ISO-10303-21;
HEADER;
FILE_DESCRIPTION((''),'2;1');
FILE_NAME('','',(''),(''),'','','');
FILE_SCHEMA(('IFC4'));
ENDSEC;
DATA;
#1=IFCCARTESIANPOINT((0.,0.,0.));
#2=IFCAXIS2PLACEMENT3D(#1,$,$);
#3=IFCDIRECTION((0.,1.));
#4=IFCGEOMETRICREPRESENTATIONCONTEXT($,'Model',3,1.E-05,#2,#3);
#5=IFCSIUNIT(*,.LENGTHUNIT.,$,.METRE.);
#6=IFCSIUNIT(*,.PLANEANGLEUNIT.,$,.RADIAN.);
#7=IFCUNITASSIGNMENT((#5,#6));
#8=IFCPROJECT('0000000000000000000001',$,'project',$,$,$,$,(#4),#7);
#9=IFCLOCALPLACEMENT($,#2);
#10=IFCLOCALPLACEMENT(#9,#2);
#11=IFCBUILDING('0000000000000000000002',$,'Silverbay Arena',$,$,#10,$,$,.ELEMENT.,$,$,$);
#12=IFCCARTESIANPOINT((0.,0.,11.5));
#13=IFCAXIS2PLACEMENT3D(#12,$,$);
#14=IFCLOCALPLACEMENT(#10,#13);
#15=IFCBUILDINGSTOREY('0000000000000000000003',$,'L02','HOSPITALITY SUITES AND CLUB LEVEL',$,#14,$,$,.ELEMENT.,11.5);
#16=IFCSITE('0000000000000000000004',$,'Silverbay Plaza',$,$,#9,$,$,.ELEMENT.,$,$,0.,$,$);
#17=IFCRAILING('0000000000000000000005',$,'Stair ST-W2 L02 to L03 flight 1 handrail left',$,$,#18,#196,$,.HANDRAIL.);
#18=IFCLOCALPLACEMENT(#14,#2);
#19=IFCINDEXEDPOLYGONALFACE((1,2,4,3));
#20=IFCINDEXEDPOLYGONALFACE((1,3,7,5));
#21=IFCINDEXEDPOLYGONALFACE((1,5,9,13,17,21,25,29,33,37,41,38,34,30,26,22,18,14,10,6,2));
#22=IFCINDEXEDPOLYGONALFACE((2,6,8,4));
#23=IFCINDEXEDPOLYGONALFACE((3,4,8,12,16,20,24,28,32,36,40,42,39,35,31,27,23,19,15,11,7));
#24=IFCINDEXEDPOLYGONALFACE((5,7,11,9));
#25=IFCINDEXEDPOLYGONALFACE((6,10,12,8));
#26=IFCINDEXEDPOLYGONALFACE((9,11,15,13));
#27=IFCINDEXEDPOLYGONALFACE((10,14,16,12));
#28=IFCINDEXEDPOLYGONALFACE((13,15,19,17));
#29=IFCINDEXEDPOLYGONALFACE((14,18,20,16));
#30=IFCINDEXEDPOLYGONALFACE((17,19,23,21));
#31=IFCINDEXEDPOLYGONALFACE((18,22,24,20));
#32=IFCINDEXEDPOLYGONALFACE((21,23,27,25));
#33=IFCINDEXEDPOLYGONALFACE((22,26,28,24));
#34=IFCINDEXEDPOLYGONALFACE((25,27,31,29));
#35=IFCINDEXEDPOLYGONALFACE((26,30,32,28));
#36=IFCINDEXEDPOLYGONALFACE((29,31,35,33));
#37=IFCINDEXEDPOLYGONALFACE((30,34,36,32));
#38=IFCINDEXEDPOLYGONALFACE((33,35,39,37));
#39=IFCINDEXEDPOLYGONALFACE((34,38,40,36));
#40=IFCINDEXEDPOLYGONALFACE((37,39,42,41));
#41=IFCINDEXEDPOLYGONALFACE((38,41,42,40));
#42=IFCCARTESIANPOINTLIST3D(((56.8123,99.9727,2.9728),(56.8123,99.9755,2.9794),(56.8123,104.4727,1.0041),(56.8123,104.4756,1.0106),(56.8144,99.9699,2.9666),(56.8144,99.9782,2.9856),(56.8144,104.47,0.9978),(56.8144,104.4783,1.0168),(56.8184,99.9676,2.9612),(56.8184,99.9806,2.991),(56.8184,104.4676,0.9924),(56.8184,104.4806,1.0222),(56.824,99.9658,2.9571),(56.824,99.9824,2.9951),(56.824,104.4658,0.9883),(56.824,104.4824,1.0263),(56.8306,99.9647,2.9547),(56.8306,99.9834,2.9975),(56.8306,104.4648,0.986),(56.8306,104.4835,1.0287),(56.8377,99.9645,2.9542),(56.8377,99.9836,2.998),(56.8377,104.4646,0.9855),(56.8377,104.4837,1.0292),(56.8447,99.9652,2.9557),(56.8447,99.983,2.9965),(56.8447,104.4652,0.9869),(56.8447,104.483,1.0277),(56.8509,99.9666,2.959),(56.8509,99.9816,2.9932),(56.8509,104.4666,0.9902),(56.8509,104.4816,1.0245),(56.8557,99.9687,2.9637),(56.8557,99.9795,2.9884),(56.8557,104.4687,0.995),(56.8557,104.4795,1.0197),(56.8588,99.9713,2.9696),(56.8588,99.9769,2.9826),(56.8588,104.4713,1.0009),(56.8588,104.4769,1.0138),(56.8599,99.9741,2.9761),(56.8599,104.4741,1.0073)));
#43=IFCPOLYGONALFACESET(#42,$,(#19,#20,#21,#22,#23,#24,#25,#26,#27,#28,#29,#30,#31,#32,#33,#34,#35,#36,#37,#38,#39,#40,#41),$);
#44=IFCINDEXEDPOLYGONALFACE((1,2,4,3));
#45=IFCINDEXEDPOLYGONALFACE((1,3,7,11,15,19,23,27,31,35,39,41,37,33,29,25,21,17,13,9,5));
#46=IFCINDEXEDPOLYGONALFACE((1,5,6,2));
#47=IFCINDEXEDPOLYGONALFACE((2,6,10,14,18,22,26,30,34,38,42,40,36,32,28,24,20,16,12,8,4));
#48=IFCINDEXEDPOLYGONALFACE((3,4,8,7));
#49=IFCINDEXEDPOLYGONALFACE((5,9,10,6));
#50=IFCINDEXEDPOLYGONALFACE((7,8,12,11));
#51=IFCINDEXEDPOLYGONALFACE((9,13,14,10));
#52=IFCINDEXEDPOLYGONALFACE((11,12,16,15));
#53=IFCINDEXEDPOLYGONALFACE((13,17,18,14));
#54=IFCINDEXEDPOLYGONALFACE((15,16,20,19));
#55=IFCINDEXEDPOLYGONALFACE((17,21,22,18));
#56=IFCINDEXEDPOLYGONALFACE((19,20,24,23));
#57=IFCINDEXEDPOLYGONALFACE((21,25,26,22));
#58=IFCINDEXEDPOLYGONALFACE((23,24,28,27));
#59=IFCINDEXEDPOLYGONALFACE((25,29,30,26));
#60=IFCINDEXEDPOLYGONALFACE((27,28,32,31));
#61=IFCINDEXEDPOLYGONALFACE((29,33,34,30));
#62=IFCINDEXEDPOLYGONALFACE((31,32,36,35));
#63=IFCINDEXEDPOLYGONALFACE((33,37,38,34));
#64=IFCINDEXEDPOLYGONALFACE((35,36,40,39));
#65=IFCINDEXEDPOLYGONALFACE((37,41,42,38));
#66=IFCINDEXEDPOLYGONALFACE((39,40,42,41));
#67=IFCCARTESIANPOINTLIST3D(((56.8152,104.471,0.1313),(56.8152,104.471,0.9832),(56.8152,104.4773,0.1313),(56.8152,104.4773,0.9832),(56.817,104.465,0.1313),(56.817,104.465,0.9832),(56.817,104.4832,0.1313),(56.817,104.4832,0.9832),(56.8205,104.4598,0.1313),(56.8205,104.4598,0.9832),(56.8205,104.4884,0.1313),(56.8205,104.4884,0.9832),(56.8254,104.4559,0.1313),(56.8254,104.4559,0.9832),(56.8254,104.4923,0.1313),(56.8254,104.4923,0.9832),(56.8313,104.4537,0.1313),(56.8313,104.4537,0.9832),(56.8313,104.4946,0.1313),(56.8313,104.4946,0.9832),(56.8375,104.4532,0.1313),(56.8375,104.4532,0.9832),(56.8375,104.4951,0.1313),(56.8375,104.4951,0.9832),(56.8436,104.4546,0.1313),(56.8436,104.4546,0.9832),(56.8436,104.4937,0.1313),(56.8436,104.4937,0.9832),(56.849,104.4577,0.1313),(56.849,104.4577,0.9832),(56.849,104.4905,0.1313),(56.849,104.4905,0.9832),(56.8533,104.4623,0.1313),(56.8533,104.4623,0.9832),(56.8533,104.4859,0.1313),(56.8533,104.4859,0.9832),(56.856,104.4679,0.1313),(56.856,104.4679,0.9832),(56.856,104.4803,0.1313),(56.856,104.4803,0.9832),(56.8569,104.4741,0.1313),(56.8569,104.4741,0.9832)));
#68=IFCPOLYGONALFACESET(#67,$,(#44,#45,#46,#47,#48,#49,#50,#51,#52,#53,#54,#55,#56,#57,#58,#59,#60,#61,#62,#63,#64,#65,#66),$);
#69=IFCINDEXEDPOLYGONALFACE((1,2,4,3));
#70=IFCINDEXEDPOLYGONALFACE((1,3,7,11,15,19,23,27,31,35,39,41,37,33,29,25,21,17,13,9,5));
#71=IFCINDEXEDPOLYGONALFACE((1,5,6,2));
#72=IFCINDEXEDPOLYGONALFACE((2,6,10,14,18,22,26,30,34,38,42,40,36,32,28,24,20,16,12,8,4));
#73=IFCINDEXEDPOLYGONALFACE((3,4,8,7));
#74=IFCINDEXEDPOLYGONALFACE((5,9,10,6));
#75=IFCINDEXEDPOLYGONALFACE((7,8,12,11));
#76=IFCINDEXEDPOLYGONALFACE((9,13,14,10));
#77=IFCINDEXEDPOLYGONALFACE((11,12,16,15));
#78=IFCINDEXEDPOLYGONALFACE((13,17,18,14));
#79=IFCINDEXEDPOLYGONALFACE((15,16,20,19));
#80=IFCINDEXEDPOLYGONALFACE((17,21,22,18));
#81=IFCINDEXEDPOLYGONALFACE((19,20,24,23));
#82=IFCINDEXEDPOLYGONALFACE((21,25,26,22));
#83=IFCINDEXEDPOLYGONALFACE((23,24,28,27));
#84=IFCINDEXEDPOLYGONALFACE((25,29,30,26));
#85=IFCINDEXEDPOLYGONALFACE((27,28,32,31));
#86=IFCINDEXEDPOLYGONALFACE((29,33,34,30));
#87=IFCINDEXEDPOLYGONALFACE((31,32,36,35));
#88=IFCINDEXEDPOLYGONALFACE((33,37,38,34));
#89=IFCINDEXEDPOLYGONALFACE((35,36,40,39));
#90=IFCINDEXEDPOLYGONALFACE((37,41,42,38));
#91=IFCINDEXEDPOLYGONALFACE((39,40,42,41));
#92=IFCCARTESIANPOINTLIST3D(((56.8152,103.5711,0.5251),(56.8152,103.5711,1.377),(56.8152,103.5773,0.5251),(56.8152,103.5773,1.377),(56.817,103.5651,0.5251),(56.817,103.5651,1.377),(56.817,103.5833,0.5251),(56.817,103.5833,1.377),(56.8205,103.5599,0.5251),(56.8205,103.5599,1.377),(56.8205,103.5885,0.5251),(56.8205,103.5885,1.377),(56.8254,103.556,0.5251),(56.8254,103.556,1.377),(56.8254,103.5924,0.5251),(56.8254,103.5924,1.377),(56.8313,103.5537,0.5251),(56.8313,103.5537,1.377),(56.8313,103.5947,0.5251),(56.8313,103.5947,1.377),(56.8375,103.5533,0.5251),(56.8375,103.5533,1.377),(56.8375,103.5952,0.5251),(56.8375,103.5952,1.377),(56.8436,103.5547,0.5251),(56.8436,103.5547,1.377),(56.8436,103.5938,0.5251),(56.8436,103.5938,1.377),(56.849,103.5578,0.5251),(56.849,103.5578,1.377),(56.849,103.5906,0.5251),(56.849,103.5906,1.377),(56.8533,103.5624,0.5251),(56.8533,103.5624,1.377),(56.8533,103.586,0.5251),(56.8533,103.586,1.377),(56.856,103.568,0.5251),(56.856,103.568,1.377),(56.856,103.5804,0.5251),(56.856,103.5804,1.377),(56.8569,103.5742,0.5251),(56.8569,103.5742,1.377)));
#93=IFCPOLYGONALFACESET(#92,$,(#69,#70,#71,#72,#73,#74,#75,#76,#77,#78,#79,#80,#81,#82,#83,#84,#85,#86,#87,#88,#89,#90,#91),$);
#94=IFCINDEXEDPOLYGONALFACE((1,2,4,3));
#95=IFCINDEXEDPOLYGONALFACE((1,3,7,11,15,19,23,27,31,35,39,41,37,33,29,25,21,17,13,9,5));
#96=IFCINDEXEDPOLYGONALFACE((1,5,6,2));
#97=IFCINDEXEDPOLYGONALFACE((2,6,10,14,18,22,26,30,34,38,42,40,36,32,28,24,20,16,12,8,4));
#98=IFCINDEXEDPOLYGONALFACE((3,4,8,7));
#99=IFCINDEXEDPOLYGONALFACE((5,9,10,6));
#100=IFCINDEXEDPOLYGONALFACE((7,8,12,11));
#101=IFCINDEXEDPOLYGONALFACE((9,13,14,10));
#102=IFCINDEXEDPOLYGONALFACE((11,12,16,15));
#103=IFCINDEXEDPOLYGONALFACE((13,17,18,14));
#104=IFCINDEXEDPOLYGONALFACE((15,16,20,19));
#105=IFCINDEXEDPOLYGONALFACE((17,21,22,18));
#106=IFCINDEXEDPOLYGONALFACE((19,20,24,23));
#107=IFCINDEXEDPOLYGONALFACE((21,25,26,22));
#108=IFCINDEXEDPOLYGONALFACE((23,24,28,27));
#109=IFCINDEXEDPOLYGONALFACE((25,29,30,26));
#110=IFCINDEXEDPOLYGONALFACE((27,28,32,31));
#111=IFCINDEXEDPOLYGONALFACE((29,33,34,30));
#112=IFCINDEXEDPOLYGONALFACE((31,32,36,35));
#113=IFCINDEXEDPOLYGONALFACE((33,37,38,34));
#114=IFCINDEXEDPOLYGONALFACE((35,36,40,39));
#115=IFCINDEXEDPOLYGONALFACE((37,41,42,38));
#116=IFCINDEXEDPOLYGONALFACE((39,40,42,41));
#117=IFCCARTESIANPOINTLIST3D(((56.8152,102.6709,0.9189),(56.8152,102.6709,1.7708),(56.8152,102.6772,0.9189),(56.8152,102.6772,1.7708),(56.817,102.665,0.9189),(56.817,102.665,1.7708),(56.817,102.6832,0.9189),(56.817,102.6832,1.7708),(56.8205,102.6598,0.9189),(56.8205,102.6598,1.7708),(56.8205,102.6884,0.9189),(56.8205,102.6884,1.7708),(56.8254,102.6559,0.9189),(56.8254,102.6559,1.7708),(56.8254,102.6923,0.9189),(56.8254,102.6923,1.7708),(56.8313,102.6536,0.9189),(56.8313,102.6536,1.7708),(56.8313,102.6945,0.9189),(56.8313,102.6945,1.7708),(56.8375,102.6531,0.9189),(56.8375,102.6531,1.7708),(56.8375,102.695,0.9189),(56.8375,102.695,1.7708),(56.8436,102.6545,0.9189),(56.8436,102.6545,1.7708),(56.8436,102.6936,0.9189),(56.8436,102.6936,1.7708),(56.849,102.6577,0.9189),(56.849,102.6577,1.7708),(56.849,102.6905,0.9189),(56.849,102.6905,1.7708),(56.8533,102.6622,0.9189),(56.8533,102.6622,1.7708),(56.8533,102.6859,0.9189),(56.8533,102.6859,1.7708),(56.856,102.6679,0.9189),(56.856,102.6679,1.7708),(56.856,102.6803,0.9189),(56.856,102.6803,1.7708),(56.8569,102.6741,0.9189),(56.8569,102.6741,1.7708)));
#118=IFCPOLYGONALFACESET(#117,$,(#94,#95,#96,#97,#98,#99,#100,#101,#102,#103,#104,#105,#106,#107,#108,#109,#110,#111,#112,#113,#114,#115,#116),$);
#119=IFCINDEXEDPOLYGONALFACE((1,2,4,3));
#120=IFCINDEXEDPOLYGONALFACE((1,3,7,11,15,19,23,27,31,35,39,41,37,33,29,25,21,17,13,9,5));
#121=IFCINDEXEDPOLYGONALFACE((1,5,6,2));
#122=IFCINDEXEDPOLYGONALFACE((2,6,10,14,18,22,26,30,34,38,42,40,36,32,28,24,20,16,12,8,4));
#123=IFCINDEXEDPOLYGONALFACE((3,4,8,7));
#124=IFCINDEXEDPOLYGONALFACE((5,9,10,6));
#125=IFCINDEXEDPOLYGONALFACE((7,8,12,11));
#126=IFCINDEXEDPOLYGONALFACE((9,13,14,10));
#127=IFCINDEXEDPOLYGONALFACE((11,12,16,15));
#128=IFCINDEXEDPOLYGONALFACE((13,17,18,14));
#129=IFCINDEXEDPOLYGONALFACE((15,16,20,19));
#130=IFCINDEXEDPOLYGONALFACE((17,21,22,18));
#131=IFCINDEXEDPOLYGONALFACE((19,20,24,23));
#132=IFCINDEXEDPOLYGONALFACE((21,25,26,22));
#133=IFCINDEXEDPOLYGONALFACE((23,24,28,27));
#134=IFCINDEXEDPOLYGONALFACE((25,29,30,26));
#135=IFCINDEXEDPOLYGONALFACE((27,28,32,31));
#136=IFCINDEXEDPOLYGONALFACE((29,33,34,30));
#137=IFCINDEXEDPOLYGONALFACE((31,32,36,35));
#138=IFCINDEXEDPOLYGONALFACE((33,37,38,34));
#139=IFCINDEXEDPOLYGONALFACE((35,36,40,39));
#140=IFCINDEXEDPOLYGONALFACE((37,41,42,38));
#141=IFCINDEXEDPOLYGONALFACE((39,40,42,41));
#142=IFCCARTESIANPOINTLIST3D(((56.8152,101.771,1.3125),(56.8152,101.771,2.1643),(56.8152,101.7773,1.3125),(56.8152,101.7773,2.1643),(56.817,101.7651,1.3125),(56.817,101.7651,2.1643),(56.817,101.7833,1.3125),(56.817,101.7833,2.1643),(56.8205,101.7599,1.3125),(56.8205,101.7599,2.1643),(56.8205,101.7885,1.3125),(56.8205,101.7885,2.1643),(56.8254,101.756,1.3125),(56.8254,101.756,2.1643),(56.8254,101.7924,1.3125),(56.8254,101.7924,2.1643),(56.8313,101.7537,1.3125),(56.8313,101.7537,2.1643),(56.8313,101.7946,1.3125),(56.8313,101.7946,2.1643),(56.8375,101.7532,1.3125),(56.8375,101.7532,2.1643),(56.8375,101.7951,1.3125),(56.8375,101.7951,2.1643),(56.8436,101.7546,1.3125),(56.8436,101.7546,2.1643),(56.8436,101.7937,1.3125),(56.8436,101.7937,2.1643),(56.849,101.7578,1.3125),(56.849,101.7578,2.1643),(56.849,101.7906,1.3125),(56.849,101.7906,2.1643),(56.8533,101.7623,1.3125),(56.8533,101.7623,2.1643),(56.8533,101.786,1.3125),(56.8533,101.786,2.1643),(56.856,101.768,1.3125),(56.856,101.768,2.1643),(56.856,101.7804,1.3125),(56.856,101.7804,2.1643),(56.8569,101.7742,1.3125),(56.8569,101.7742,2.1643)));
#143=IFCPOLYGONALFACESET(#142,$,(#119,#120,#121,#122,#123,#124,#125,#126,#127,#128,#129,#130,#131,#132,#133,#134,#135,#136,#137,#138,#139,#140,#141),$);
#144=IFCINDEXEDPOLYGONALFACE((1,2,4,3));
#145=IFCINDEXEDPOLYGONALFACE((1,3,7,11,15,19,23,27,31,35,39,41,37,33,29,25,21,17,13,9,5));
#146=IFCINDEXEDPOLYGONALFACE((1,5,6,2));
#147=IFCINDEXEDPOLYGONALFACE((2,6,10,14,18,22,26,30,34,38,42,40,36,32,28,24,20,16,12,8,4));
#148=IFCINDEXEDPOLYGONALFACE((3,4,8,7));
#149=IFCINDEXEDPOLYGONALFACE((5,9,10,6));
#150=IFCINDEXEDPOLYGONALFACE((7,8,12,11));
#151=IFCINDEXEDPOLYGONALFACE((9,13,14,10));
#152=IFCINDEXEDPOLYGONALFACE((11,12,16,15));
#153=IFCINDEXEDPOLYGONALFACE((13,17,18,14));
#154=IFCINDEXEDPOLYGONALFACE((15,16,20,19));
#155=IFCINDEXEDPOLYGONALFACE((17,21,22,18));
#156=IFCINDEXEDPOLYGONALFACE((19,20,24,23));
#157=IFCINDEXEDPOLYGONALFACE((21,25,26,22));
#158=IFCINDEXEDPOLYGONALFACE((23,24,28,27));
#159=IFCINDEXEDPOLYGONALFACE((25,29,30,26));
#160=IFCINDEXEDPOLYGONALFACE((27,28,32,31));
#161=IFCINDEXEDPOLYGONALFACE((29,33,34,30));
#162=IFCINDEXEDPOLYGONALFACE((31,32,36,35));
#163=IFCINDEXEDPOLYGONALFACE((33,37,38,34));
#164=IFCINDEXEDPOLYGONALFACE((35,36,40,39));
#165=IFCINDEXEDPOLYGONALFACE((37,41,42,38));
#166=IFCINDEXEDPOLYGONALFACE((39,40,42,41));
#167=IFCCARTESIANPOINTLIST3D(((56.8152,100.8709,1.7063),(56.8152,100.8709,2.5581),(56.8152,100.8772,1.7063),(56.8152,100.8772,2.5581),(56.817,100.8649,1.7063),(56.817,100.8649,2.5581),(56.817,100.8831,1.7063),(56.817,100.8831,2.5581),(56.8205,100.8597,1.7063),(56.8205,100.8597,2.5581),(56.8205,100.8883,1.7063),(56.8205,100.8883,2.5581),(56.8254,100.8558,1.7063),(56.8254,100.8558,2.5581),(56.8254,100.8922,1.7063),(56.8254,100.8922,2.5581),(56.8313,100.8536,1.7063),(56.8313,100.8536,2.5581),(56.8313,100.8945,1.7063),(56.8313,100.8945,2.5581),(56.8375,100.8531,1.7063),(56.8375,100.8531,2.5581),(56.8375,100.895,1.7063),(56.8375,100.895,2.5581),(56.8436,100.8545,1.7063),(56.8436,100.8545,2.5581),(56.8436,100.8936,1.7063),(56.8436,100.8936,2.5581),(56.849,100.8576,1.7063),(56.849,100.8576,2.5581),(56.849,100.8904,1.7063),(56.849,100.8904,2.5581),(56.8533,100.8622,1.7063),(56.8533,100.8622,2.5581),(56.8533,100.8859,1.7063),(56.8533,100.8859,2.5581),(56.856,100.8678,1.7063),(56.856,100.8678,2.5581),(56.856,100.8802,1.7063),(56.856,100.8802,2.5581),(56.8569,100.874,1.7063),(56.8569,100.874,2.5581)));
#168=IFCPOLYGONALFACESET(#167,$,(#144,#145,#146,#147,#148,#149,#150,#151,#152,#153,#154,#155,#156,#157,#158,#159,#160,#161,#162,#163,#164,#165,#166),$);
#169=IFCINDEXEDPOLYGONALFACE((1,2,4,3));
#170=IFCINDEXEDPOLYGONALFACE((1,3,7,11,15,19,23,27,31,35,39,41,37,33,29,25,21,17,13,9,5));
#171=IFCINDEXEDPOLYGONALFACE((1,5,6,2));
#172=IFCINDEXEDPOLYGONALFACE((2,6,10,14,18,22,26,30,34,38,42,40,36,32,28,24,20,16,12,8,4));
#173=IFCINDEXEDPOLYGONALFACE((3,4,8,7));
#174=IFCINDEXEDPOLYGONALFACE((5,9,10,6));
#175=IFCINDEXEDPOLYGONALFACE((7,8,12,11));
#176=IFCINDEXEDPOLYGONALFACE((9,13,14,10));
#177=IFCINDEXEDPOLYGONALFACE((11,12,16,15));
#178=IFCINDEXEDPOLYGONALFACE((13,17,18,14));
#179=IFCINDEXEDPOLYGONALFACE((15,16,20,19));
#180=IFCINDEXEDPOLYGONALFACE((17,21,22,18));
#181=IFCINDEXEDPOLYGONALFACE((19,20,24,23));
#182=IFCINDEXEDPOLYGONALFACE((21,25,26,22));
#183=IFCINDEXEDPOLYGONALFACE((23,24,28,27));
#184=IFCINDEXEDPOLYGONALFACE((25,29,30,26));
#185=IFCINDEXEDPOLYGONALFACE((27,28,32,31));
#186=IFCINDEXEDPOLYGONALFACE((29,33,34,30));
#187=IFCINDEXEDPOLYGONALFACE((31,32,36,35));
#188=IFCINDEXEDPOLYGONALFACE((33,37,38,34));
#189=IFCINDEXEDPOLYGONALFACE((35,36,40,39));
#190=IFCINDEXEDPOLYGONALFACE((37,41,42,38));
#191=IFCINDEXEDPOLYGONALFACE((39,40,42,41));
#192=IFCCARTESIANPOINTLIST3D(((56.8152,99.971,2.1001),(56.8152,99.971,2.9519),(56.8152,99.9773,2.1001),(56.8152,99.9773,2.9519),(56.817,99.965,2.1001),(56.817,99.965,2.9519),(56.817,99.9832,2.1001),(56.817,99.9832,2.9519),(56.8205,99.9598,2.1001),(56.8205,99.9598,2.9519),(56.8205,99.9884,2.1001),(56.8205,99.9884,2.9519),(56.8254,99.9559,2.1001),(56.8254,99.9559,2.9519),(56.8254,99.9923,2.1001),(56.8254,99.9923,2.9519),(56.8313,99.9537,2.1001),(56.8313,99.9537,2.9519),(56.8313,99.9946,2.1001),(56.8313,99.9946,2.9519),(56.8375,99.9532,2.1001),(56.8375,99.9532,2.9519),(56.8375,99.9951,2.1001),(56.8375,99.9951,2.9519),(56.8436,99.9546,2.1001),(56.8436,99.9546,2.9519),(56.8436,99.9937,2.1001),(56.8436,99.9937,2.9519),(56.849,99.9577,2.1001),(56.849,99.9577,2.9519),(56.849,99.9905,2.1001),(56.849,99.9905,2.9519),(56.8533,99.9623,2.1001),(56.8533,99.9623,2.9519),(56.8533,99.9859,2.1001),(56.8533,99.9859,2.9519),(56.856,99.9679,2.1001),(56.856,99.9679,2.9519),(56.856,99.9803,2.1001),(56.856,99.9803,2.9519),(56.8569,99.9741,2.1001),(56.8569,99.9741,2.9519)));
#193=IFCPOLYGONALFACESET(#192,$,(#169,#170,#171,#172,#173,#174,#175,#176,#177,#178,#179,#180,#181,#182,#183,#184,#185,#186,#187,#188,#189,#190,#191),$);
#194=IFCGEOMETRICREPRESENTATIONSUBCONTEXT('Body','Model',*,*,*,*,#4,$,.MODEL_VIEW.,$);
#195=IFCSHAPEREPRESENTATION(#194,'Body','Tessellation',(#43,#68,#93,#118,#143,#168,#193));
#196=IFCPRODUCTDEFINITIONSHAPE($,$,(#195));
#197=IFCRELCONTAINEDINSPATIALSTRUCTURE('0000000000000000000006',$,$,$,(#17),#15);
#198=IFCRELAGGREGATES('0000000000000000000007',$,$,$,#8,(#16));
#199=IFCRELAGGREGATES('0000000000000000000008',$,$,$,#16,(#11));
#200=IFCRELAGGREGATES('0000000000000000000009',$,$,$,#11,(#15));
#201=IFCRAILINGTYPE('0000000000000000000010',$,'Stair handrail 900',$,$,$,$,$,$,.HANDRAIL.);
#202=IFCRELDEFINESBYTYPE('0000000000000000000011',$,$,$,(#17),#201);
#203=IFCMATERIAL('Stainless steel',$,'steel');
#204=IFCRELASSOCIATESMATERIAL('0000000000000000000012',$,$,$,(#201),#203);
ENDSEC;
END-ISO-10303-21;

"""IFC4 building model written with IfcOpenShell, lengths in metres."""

from ifc_helpers import new_model, si_unit, direction, frame, origin, origin_2d, place, context, subcontext, project, spatial, circle, extrude, material, type_object, element, save


model = new_model("IFC4")

# Units and contexts
model_context = context("Model", 3, precision=1e-05, world=origin(), true_north=direction((0.0, 1.0)))
body_context = subcontext(model_context, "Body", "Model", "MODEL_VIEW")
ifc_project = project(units=[si_unit("LENGTHUNIT", "METRE"), si_unit("PLANEANGLEUNIT", "RADIAN")], contexts=[model_context])

# Site, building, storey
site_placement = place(None, origin())
site = spatial("IfcSite", under=ifc_project, at=site_placement, Name="Silverbay Plaza", CompositionType="ELEMENT", RefElevation=0.0)
building_placement = place(site_placement, origin())
building = spatial("IfcBuilding", under=site, at=building_placement, Name="Silverbay Arena", CompositionType="ELEMENT")
storey_placement = place(building_placement, frame((0.0, 0.0, 11.5)))
storey = spatial("IfcBuildingStorey", under=building, at=storey_placement, Name="L02", Description="HOSPITALITY SUITES AND CLUB LEVEL", CompositionType="ELEMENT", Elevation=11.5)

# Railing
ifc_material_1 = material(Name="Stainless steel", Category="steel")
railing_type_1 = type_object("IfcRailingType", Name="Stair handrail 900", PredefinedType="HANDRAIL", material=ifc_material_1)
for number, where, name in (
    (1, (56.8359, 104.4741, 0.1313), "Stair ST-W2 L02 to L03 flight 1 handrail left"),
):
    element("IfcRailing", number, at=place(storey_placement, frame(where)), inside=storey, type_object=railing_type_1, Name=name, PredefinedType="HANDRAIL", context=body_context, shape_type="SweptSolid", body=[
        extrude(circle(Radius=0.0239, at=origin_2d()), frame((0.0, 0.0, 0.876), z_axis=(0.0, -0.916157, 0.400819), x_axis=(1.0, 0.0, 0.0)), (0.0, 0.0, 1.0), 4.9119),
        extrude(circle(Radius=0.021, at=origin_2d()), origin(), (0.0, 0.0, 1.0), 0.8518),
        extrude(circle(Radius=0.021, at=origin_2d()), frame((0.0, -0.8999, 0.3938)), (0.0, 0.0, 1.0), 0.8518),
        extrude(circle(Radius=0.021, at=origin_2d()), frame((0.0, -1.8, 0.7876)), (0.0, 0.0, 1.0), 0.8518),
        extrude(circle(Radius=0.021, at=origin_2d()), frame((0.0, -2.7, 1.1812)), (0.0, 0.0, 1.0), 0.8518),
        extrude(circle(Radius=0.021, at=origin_2d()), frame((0.0, -3.6001, 1.575)), (0.0, 0.0, 1.0), 0.8518),
        extrude(circle(Radius=0.021, at=origin_2d()), frame((0.0, -4.5, 1.9688)), (0.0, 0.0, 1.0), 0.8518),
    ])

save(model, "model.ifc")
